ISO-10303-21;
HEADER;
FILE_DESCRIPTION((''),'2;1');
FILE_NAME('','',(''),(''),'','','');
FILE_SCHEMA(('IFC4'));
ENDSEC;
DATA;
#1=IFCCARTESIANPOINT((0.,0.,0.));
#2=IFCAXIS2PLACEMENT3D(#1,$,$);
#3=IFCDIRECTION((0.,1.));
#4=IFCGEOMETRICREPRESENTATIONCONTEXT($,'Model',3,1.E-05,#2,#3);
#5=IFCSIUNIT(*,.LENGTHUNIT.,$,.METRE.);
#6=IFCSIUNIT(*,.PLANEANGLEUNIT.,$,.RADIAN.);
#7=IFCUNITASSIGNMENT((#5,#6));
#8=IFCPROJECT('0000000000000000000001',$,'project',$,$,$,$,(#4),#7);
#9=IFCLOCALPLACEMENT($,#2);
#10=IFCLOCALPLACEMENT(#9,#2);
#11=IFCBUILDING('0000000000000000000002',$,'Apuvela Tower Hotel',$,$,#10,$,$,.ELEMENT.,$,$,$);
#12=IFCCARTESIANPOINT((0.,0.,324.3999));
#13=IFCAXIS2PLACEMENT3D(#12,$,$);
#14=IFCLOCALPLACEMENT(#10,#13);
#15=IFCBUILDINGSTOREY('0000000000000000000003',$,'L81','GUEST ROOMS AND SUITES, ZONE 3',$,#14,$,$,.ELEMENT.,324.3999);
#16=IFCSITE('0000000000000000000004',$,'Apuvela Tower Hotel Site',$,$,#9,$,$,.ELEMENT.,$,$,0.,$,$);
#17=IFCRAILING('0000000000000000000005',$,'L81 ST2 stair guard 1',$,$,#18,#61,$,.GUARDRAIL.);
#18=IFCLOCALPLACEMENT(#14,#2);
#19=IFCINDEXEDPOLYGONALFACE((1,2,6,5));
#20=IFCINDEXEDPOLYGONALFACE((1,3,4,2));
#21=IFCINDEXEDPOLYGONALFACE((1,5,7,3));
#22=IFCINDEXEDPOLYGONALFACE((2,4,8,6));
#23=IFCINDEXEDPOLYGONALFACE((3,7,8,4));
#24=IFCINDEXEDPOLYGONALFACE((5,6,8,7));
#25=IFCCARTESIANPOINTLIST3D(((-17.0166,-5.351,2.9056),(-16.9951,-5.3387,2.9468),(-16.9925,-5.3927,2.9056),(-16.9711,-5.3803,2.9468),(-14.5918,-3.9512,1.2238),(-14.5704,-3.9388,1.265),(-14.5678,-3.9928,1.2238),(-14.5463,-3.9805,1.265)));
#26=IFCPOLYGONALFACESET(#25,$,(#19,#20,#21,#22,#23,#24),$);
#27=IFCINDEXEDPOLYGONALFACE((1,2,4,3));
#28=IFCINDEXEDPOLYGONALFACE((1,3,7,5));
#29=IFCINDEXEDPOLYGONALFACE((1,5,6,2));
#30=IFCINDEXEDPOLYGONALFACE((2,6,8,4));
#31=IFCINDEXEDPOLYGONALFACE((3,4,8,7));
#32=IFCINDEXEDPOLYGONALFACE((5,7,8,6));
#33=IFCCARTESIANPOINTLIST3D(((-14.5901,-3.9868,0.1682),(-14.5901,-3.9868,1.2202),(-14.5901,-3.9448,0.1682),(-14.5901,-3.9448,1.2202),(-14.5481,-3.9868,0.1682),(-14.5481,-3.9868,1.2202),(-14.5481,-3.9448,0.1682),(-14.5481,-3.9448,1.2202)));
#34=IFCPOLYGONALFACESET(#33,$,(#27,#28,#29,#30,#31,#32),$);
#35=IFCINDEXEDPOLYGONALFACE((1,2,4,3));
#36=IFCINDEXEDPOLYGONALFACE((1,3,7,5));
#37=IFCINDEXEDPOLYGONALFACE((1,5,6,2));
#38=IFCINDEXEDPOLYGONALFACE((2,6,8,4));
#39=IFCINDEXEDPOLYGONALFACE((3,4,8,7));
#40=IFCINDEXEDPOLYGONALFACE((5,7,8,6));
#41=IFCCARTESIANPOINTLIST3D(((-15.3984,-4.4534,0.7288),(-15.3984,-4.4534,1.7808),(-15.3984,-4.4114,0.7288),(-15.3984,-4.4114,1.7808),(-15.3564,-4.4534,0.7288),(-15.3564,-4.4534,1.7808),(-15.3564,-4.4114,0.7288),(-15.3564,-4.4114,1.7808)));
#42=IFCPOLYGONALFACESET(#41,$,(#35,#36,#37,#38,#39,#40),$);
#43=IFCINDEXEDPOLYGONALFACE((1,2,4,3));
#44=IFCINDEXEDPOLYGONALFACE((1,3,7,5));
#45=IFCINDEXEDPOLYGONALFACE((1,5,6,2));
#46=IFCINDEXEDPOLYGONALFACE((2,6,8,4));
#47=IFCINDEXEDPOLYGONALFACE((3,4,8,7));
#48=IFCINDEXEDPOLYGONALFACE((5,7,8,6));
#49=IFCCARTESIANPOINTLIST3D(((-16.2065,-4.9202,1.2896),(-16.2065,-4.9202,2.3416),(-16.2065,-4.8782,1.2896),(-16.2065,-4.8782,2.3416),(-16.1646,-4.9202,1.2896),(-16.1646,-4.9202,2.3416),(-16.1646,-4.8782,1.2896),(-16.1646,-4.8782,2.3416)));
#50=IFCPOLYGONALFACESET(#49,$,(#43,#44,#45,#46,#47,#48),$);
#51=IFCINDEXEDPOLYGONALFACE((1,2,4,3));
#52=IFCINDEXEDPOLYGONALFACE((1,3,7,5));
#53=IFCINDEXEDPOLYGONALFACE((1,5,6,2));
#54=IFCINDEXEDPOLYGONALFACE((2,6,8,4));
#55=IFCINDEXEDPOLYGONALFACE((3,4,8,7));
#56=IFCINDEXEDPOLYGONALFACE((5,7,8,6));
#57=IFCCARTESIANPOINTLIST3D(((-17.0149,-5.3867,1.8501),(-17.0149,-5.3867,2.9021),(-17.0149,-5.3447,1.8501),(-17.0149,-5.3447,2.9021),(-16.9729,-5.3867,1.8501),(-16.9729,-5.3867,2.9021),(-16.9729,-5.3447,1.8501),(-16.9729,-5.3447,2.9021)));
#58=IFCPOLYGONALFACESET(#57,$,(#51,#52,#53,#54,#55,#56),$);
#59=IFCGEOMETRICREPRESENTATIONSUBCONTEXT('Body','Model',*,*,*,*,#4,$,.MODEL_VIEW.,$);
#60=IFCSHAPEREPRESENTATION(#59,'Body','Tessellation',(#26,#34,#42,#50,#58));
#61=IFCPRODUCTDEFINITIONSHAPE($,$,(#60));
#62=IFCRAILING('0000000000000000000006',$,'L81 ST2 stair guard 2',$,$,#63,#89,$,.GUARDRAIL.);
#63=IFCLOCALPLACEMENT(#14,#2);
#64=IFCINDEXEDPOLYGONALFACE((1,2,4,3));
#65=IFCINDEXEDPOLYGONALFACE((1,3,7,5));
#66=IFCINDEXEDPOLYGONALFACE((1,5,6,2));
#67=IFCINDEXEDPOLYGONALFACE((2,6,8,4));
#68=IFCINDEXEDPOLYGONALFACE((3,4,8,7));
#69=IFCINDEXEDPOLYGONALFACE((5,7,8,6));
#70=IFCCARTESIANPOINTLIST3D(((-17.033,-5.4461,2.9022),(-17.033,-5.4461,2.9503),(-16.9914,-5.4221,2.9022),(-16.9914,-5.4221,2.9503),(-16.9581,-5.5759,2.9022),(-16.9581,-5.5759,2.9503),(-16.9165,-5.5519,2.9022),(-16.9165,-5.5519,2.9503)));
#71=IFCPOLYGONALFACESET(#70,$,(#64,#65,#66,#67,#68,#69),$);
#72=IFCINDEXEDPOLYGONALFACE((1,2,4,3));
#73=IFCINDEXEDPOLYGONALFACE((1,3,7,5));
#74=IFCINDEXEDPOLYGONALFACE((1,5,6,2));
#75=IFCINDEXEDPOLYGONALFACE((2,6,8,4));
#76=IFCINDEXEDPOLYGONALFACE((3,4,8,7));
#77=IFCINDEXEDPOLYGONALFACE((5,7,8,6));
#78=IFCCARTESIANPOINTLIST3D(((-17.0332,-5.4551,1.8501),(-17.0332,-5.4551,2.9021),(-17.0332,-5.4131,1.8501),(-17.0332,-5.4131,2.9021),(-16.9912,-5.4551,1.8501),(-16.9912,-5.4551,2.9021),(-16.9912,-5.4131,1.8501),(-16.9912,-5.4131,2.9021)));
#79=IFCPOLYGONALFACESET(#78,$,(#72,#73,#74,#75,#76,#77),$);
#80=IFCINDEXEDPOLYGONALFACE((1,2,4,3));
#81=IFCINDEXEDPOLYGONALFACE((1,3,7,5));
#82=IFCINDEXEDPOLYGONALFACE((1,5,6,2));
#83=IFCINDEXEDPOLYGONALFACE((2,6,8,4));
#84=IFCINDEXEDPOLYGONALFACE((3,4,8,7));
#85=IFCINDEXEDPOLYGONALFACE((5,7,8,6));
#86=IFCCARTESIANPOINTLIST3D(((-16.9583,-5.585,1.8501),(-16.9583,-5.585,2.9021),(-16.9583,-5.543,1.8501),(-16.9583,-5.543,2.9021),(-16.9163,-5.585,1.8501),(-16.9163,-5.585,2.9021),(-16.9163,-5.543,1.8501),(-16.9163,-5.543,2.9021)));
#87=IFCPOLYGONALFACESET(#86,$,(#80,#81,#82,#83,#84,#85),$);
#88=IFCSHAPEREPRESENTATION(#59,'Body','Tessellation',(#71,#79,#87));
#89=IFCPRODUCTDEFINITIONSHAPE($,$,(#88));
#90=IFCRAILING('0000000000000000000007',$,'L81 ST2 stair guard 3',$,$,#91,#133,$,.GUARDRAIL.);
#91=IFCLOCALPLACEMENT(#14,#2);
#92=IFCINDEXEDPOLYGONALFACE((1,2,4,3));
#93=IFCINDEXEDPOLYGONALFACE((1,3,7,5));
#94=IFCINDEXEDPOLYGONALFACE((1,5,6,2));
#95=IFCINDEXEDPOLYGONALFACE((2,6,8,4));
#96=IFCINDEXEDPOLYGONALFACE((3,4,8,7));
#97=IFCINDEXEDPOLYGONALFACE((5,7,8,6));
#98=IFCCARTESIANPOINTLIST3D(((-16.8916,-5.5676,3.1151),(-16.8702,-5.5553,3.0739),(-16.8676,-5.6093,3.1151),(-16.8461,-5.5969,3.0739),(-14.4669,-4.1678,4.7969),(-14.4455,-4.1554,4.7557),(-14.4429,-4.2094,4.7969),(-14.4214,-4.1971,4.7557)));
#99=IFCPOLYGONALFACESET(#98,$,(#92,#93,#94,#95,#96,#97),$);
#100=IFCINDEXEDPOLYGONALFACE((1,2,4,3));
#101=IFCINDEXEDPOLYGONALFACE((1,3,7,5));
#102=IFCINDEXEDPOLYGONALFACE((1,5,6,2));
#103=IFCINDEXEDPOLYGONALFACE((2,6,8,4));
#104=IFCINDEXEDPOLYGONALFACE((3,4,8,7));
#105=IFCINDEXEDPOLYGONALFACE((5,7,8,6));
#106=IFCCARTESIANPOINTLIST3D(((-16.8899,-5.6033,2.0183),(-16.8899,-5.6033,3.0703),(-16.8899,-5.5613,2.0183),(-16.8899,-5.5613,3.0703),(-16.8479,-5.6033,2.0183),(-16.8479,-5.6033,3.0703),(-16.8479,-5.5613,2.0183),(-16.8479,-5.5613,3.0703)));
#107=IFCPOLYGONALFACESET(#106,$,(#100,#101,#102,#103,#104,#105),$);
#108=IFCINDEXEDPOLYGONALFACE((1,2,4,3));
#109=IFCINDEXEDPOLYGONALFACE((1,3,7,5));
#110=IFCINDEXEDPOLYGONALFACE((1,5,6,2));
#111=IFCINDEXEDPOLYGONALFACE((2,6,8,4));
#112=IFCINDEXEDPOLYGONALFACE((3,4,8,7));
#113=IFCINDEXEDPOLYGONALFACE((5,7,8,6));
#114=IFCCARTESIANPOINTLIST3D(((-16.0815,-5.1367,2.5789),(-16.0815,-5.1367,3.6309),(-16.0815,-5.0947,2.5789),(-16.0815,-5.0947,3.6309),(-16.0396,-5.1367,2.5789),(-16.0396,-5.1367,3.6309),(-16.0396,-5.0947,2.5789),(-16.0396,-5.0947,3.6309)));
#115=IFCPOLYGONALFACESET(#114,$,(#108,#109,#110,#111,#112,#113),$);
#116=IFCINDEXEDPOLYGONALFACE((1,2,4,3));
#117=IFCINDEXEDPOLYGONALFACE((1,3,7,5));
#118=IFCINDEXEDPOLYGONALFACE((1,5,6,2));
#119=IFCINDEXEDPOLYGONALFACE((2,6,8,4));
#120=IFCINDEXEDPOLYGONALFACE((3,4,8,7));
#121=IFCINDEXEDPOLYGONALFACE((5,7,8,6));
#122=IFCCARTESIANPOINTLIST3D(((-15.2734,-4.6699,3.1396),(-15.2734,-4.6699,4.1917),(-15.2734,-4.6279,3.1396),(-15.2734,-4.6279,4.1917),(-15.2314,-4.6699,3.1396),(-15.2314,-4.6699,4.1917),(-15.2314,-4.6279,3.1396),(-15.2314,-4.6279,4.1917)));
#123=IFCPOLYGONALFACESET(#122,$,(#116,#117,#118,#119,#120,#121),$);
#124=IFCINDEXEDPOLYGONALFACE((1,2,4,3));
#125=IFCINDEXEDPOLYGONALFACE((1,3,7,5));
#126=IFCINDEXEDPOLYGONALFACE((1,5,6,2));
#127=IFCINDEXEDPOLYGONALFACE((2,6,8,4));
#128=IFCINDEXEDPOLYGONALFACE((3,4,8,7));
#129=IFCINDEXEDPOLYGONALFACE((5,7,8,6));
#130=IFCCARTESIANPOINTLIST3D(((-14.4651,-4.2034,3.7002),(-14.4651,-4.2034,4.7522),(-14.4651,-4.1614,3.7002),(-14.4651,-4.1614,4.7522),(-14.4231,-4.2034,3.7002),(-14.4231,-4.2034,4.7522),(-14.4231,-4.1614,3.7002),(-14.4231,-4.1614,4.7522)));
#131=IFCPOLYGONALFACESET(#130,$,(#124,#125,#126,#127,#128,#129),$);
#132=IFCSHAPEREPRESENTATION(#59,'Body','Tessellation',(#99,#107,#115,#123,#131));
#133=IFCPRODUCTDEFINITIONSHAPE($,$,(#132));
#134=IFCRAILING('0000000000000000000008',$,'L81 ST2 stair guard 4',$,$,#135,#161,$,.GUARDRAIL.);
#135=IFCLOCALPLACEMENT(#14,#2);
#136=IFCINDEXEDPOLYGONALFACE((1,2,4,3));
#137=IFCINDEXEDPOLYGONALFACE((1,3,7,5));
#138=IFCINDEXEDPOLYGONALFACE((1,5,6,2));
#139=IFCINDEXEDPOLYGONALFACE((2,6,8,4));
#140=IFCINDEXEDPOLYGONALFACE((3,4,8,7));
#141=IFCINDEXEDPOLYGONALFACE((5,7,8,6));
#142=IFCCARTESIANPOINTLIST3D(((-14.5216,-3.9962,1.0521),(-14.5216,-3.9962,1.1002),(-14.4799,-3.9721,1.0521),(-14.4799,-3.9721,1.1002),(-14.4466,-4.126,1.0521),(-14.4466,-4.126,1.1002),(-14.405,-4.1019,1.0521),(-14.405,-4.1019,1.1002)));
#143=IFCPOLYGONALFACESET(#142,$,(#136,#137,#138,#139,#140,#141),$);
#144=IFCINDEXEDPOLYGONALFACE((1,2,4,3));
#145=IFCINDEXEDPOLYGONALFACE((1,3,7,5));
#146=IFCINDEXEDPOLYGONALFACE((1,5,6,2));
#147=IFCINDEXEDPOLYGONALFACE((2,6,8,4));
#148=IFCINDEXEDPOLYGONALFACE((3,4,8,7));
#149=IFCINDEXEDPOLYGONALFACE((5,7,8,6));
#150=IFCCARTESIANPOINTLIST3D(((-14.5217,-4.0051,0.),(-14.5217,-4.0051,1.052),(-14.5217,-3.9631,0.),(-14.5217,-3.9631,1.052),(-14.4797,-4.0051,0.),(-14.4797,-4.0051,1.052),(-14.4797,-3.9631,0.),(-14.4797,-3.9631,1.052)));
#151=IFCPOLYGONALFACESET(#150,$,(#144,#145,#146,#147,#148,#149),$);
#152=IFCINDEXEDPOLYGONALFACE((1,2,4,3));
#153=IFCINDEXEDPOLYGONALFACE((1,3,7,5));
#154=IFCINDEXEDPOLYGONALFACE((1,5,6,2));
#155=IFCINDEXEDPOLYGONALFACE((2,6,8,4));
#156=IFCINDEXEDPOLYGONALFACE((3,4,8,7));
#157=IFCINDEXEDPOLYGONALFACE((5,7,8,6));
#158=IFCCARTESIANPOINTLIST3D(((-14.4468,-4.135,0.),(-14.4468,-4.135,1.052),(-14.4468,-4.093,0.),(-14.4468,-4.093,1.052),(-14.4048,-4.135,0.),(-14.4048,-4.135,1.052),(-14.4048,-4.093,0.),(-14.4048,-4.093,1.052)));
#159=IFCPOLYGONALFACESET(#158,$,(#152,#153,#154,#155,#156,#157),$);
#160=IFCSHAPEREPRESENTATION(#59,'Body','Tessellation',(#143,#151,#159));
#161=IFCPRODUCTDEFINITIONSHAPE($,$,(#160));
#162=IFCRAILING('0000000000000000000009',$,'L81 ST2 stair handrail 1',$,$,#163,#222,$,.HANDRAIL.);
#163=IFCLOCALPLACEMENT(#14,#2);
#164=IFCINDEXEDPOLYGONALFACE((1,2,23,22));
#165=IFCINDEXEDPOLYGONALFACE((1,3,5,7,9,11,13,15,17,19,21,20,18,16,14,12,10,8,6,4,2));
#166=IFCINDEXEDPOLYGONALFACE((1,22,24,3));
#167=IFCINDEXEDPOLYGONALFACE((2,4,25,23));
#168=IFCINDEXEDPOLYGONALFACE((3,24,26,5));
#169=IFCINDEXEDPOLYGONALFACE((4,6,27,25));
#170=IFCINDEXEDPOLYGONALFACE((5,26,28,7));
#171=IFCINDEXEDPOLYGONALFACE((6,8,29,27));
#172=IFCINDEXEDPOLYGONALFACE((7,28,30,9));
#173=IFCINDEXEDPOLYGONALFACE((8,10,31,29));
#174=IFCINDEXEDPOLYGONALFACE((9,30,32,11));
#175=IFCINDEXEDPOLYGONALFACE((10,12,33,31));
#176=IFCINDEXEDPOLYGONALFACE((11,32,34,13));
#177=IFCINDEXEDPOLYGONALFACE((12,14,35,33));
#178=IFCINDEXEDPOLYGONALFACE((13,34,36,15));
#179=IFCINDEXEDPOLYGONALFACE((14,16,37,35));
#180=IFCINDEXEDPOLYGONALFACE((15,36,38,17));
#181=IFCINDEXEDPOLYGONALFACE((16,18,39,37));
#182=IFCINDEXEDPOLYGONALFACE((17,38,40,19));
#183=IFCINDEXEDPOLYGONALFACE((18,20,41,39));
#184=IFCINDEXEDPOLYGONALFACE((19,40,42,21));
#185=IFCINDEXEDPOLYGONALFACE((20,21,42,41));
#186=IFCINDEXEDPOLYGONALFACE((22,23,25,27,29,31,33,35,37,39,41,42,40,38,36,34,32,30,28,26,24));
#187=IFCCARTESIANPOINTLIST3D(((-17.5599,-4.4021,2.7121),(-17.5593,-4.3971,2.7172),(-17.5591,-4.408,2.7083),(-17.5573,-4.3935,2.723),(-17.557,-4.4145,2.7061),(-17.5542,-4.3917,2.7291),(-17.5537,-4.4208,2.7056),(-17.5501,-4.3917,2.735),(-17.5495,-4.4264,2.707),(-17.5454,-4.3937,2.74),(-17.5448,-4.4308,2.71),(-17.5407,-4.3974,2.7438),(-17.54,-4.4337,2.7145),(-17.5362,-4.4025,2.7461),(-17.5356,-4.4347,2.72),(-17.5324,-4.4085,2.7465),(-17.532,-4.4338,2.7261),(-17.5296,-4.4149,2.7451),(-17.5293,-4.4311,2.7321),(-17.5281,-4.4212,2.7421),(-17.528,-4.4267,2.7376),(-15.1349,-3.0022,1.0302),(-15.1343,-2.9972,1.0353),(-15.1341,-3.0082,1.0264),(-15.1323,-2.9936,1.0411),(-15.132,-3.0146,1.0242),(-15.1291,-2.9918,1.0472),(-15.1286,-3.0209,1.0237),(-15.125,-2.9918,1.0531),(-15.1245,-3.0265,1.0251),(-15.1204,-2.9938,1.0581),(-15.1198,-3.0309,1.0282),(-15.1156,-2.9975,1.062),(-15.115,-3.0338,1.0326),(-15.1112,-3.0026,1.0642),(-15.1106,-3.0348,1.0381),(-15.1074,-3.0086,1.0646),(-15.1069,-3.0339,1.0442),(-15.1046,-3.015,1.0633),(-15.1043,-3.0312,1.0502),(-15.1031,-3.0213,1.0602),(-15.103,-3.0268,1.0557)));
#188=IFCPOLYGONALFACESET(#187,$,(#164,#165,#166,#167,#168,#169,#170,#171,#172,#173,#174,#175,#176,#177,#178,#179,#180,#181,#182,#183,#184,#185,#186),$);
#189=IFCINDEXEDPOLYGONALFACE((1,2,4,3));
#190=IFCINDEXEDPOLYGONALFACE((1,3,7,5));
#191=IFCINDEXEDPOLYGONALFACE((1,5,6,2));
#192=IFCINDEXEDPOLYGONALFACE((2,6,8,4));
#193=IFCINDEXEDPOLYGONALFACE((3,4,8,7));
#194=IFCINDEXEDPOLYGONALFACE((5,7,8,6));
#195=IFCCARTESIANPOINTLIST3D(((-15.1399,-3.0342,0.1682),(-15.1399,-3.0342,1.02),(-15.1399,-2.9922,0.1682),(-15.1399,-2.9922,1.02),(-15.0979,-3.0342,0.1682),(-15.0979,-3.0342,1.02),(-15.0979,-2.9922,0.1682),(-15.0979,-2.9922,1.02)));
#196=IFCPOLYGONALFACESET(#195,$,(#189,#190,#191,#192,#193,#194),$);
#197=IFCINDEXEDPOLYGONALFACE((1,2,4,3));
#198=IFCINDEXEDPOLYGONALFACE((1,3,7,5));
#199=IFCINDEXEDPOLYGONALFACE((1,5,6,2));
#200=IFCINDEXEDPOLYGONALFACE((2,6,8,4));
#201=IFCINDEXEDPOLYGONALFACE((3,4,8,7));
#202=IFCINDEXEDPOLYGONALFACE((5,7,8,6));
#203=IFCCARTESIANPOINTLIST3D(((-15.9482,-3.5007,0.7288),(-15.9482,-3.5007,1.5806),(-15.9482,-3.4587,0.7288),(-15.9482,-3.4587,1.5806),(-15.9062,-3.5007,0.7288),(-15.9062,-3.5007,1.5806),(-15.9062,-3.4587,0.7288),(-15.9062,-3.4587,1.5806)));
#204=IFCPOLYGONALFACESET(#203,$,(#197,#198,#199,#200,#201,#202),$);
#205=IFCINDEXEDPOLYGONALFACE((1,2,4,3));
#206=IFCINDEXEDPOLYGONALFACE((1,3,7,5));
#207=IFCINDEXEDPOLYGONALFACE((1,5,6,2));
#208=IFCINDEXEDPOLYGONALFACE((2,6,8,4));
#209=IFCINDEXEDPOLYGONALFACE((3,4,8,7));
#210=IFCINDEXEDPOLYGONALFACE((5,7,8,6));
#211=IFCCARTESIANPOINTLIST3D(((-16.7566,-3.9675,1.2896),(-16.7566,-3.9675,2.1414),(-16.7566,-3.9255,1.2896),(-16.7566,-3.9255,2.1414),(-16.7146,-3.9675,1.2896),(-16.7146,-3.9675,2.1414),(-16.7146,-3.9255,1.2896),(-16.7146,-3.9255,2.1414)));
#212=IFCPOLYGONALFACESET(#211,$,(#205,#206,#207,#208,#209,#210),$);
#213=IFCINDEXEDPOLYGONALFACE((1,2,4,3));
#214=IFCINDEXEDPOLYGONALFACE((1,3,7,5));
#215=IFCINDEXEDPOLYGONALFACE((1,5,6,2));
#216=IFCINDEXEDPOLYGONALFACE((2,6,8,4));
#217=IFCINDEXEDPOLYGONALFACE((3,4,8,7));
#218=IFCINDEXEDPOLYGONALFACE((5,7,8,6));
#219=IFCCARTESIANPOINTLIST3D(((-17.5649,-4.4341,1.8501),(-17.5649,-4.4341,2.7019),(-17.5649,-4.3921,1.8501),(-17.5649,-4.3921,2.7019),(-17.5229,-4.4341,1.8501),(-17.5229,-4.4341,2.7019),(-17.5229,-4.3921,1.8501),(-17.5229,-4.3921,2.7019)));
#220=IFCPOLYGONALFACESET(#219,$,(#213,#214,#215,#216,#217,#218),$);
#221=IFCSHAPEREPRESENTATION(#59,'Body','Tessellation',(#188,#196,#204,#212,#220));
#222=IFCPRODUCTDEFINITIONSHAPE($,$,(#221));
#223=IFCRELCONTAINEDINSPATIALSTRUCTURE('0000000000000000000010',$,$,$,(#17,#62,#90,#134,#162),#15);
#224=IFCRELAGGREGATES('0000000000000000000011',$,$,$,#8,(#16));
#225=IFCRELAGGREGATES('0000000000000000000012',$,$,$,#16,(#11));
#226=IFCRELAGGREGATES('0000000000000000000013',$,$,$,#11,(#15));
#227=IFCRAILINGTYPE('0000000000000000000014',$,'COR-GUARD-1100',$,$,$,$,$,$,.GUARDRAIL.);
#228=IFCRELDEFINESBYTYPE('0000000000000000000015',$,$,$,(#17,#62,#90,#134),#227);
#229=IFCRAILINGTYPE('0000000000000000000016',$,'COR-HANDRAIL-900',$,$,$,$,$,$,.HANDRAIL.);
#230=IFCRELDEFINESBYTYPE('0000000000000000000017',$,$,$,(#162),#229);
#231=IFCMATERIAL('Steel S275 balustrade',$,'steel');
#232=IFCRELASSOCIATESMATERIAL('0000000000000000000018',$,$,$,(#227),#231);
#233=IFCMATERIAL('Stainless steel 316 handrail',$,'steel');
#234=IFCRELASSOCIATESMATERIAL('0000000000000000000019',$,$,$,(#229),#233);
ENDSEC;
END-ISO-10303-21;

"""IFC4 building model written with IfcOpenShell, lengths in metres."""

from ifc_helpers import new_model, si_unit, direction, frame, origin, origin_2d, place, context, subcontext, project, spatial, rectangle, circle, extrude, material, type_object, element, save


model = new_model("IFC4")

# Units and contexts
model_context = context("Model", 3, precision=1e-05, world=origin(), true_north=direction((0.0, 1.0)))
body_context = subcontext(model_context, "Body", "Model", "MODEL_VIEW")
ifc_project = project(units=[si_unit("LENGTHUNIT", "METRE"), si_unit("PLANEANGLEUNIT", "RADIAN")], contexts=[model_context])

# Site, building, storey
site_placement = place(None, origin())
site = spatial("IfcSite", under=ifc_project, at=site_placement, Name="Apuvela Tower Hotel Site", CompositionType="ELEMENT", RefElevation=0.0)
building_placement = place(site_placement, origin())
building = spatial("IfcBuilding", under=site, at=building_placement, Name="Apuvela Tower Hotel", CompositionType="ELEMENT")
storey_placement = place(building_placement, frame((0.0, 0.0, 324.3999)))
storey = spatial("IfcBuildingStorey", under=building, at=storey_placement, Name="L81", Description="GUEST ROOMS AND SUITES, ZONE 3", CompositionType="ELEMENT", Elevation=324.3999)

# Railings
ifc_material_1 = material(Name="Steel S275 balustrade", Category="steel")
railing_type_1 = type_object("IfcRailingType", Name="COR-GUARD-1100", PredefinedType="GUARDRAIL", material=ifc_material_1)
railing_1_placement = place(storey_placement, frame((-14.5691, -3.9658, 0.1682)))
element("IfcRailing", 1, at=railing_1_placement, inside=storey, type_object=railing_type_1, Name="L81 ST2 stair guard 1", PredefinedType="GUARDRAIL", context=body_context, shape_type="SweptSolid", body=[
    extrude(rectangle(XDim=0.0481, YDim=0.0481, at=origin_2d()), frame((0.0, 0.0, 1.0762), z_axis=(-0.74239, -0.428601, 0.514934), x_axis=(0.499984, -0.866035, 0.0)), (0.0, 0.0, 1.0), 3.2661),
    extrude(rectangle(XDim=0.042, YDim=0.042, at=origin_2d()), origin(), (0.0, 0.0, 1.0), 1.052),
    extrude(rectangle(XDim=0.042, YDim=0.042, at=origin_2d()), frame((-0.8083, -0.4666, 0.5605)), (0.0, 0.0, 1.0), 1.052),
    extrude(rectangle(XDim=0.042, YDim=0.042, at=origin_2d()), frame((-1.6165, -0.9333, 1.1213)), (0.0, 0.0, 1.0), 1.052),
    extrude(rectangle(XDim=0.042, YDim=0.042, at=origin_2d()), frame((-2.4248, -1.3999, 1.6819)), (0.0, 0.0, 1.0), 1.052),
])
railing_2_placement = place(storey_placement, frame((-17.0122, -5.4341, 1.8501)))
element("IfcRailing", 2, at=railing_2_placement, inside=storey, type_object=railing_type_1, Name="L81 ST2 stair guard 2", PredefinedType="GUARDRAIL", context=body_context, shape_type="SweptSolid", body=[
    extrude(rectangle(XDim=0.0481, YDim=0.0481, at=origin_2d()), frame((0.0, 0.0, 1.0762), z_axis=(0.499816, -0.866131, 0.0), x_axis=(0.866131, 0.499816, 0.0)), (0.0, 0.0, 1.0), 0.1499),
    extrude(rectangle(XDim=0.042, YDim=0.042, at=origin_2d()), origin(), (0.0, 0.0, 1.0), 1.052),
    extrude(rectangle(XDim=0.042, YDim=0.042, at=origin_2d()), frame((0.075, -0.1299, 0.0)), (0.0, 0.0, 1.0), 1.052),
])
railing_3_placement = place(storey_placement, frame((-16.8689, -5.5823, 2.0183)))
element("IfcRailing", 3, at=railing_3_placement, inside=storey, type_object=railing_type_1, Name="L81 ST2 stair guard 3", PredefinedType="GUARDRAIL", context=body_context, shape_type="SweptSolid", body=[
    extrude(rectangle(XDim=0.0481, YDim=0.0481, at=origin_2d()), frame((0.0, 0.0, 1.0762), z_axis=(0.74239, 0.428601, 0.514934), x_axis=(-0.499984, 0.866035, 0.0)), (0.0, 0.0, 1.0), 3.2661),
    extrude(rectangle(XDim=0.042, YDim=0.042, at=origin_2d()), origin(), (0.0, 0.0, 1.0), 1.052),
    extrude(rectangle(XDim=0.042, YDim=0.042, at=origin_2d()), frame((0.8083, 0.4666, 0.5605)), (0.0, 0.0, 1.0), 1.052),
    extrude(rectangle(XDim=0.042, YDim=0.042, at=origin_2d()), frame((1.6165, 0.9333, 1.1213)), (0.0, 0.0, 1.0), 1.052),
    extrude(rectangle(XDim=0.042, YDim=0.042, at=origin_2d()), frame((2.4248, 1.3999, 1.6819)), (0.0, 0.0, 1.0), 1.052),
])
railing_4_placement = place(storey_placement, frame((-14.5007, -3.9841, 0.0)))
element("IfcRailing", 4, at=railing_4_placement, inside=storey, type_object=railing_type_1, Name="L81 ST2 stair guard 4", PredefinedType="GUARDRAIL", context=body_context, shape_type="SweptSolid", body=[
    extrude(rectangle(XDim=0.0481, YDim=0.0481, at=origin_2d()), frame((0.0, 0.0, 1.0762), z_axis=(0.499816, -0.866131, 0.0), x_axis=(0.866131, 0.499816, 0.0)), (0.0, 0.0, 1.0), 0.1499),
    extrude(rectangle(XDim=0.042, YDim=0.042, at=origin_2d()), origin(), (0.0, 0.0, 1.0), 1.052),
    extrude(rectangle(XDim=0.042, YDim=0.042, at=origin_2d()), frame((0.075, -0.1299, 0.0)), (0.0, 0.0, 1.0), 1.052),
])
ifc_material_2 = material(Name="Stainless steel 316 handrail", Category="steel")
railing_type_2 = type_object("IfcRailingType", Name="COR-HANDRAIL-900", PredefinedType="HANDRAIL", material=ifc_material_2)
railing_5_placement = place(storey_placement, frame((-15.1189, -3.0132, 0.1682)))
element("IfcRailing", 5, at=railing_5_placement, inside=storey, type_object=railing_type_2, Name="L81 ST2 stair handrail 1", PredefinedType="HANDRAIL", context=body_context, shape_type="SweptSolid", body=[
    extrude(circle(Radius=0.0239, at=origin_2d()), frame((0.0, 0.0, 0.876), z_axis=(-0.742424, -0.428577, 0.514906), x_axis=(0.499946, -0.866056, 0.0)), (0.0, 0.0, 1.0), 3.2664),
    extrude(rectangle(XDim=0.042, YDim=0.042, at=origin_2d()), origin(), (0.0, 0.0, 1.0), 0.8518),
    extrude(rectangle(XDim=0.042, YDim=0.042, at=origin_2d()), frame((-0.8083, -0.4666, 0.5605)), (0.0, 0.0, 1.0), 0.8518),
    extrude(rectangle(XDim=0.042, YDim=0.042, at=origin_2d()), frame((-1.6167, -0.9333, 1.1213)), (0.0, 0.0, 1.0), 0.8518),
    extrude(rectangle(XDim=0.042, YDim=0.042, at=origin_2d()), frame((-2.425, -1.3999, 1.6819)), (0.0, 0.0, 1.0), 0.8518),
])

save(model, "model.ifc")
